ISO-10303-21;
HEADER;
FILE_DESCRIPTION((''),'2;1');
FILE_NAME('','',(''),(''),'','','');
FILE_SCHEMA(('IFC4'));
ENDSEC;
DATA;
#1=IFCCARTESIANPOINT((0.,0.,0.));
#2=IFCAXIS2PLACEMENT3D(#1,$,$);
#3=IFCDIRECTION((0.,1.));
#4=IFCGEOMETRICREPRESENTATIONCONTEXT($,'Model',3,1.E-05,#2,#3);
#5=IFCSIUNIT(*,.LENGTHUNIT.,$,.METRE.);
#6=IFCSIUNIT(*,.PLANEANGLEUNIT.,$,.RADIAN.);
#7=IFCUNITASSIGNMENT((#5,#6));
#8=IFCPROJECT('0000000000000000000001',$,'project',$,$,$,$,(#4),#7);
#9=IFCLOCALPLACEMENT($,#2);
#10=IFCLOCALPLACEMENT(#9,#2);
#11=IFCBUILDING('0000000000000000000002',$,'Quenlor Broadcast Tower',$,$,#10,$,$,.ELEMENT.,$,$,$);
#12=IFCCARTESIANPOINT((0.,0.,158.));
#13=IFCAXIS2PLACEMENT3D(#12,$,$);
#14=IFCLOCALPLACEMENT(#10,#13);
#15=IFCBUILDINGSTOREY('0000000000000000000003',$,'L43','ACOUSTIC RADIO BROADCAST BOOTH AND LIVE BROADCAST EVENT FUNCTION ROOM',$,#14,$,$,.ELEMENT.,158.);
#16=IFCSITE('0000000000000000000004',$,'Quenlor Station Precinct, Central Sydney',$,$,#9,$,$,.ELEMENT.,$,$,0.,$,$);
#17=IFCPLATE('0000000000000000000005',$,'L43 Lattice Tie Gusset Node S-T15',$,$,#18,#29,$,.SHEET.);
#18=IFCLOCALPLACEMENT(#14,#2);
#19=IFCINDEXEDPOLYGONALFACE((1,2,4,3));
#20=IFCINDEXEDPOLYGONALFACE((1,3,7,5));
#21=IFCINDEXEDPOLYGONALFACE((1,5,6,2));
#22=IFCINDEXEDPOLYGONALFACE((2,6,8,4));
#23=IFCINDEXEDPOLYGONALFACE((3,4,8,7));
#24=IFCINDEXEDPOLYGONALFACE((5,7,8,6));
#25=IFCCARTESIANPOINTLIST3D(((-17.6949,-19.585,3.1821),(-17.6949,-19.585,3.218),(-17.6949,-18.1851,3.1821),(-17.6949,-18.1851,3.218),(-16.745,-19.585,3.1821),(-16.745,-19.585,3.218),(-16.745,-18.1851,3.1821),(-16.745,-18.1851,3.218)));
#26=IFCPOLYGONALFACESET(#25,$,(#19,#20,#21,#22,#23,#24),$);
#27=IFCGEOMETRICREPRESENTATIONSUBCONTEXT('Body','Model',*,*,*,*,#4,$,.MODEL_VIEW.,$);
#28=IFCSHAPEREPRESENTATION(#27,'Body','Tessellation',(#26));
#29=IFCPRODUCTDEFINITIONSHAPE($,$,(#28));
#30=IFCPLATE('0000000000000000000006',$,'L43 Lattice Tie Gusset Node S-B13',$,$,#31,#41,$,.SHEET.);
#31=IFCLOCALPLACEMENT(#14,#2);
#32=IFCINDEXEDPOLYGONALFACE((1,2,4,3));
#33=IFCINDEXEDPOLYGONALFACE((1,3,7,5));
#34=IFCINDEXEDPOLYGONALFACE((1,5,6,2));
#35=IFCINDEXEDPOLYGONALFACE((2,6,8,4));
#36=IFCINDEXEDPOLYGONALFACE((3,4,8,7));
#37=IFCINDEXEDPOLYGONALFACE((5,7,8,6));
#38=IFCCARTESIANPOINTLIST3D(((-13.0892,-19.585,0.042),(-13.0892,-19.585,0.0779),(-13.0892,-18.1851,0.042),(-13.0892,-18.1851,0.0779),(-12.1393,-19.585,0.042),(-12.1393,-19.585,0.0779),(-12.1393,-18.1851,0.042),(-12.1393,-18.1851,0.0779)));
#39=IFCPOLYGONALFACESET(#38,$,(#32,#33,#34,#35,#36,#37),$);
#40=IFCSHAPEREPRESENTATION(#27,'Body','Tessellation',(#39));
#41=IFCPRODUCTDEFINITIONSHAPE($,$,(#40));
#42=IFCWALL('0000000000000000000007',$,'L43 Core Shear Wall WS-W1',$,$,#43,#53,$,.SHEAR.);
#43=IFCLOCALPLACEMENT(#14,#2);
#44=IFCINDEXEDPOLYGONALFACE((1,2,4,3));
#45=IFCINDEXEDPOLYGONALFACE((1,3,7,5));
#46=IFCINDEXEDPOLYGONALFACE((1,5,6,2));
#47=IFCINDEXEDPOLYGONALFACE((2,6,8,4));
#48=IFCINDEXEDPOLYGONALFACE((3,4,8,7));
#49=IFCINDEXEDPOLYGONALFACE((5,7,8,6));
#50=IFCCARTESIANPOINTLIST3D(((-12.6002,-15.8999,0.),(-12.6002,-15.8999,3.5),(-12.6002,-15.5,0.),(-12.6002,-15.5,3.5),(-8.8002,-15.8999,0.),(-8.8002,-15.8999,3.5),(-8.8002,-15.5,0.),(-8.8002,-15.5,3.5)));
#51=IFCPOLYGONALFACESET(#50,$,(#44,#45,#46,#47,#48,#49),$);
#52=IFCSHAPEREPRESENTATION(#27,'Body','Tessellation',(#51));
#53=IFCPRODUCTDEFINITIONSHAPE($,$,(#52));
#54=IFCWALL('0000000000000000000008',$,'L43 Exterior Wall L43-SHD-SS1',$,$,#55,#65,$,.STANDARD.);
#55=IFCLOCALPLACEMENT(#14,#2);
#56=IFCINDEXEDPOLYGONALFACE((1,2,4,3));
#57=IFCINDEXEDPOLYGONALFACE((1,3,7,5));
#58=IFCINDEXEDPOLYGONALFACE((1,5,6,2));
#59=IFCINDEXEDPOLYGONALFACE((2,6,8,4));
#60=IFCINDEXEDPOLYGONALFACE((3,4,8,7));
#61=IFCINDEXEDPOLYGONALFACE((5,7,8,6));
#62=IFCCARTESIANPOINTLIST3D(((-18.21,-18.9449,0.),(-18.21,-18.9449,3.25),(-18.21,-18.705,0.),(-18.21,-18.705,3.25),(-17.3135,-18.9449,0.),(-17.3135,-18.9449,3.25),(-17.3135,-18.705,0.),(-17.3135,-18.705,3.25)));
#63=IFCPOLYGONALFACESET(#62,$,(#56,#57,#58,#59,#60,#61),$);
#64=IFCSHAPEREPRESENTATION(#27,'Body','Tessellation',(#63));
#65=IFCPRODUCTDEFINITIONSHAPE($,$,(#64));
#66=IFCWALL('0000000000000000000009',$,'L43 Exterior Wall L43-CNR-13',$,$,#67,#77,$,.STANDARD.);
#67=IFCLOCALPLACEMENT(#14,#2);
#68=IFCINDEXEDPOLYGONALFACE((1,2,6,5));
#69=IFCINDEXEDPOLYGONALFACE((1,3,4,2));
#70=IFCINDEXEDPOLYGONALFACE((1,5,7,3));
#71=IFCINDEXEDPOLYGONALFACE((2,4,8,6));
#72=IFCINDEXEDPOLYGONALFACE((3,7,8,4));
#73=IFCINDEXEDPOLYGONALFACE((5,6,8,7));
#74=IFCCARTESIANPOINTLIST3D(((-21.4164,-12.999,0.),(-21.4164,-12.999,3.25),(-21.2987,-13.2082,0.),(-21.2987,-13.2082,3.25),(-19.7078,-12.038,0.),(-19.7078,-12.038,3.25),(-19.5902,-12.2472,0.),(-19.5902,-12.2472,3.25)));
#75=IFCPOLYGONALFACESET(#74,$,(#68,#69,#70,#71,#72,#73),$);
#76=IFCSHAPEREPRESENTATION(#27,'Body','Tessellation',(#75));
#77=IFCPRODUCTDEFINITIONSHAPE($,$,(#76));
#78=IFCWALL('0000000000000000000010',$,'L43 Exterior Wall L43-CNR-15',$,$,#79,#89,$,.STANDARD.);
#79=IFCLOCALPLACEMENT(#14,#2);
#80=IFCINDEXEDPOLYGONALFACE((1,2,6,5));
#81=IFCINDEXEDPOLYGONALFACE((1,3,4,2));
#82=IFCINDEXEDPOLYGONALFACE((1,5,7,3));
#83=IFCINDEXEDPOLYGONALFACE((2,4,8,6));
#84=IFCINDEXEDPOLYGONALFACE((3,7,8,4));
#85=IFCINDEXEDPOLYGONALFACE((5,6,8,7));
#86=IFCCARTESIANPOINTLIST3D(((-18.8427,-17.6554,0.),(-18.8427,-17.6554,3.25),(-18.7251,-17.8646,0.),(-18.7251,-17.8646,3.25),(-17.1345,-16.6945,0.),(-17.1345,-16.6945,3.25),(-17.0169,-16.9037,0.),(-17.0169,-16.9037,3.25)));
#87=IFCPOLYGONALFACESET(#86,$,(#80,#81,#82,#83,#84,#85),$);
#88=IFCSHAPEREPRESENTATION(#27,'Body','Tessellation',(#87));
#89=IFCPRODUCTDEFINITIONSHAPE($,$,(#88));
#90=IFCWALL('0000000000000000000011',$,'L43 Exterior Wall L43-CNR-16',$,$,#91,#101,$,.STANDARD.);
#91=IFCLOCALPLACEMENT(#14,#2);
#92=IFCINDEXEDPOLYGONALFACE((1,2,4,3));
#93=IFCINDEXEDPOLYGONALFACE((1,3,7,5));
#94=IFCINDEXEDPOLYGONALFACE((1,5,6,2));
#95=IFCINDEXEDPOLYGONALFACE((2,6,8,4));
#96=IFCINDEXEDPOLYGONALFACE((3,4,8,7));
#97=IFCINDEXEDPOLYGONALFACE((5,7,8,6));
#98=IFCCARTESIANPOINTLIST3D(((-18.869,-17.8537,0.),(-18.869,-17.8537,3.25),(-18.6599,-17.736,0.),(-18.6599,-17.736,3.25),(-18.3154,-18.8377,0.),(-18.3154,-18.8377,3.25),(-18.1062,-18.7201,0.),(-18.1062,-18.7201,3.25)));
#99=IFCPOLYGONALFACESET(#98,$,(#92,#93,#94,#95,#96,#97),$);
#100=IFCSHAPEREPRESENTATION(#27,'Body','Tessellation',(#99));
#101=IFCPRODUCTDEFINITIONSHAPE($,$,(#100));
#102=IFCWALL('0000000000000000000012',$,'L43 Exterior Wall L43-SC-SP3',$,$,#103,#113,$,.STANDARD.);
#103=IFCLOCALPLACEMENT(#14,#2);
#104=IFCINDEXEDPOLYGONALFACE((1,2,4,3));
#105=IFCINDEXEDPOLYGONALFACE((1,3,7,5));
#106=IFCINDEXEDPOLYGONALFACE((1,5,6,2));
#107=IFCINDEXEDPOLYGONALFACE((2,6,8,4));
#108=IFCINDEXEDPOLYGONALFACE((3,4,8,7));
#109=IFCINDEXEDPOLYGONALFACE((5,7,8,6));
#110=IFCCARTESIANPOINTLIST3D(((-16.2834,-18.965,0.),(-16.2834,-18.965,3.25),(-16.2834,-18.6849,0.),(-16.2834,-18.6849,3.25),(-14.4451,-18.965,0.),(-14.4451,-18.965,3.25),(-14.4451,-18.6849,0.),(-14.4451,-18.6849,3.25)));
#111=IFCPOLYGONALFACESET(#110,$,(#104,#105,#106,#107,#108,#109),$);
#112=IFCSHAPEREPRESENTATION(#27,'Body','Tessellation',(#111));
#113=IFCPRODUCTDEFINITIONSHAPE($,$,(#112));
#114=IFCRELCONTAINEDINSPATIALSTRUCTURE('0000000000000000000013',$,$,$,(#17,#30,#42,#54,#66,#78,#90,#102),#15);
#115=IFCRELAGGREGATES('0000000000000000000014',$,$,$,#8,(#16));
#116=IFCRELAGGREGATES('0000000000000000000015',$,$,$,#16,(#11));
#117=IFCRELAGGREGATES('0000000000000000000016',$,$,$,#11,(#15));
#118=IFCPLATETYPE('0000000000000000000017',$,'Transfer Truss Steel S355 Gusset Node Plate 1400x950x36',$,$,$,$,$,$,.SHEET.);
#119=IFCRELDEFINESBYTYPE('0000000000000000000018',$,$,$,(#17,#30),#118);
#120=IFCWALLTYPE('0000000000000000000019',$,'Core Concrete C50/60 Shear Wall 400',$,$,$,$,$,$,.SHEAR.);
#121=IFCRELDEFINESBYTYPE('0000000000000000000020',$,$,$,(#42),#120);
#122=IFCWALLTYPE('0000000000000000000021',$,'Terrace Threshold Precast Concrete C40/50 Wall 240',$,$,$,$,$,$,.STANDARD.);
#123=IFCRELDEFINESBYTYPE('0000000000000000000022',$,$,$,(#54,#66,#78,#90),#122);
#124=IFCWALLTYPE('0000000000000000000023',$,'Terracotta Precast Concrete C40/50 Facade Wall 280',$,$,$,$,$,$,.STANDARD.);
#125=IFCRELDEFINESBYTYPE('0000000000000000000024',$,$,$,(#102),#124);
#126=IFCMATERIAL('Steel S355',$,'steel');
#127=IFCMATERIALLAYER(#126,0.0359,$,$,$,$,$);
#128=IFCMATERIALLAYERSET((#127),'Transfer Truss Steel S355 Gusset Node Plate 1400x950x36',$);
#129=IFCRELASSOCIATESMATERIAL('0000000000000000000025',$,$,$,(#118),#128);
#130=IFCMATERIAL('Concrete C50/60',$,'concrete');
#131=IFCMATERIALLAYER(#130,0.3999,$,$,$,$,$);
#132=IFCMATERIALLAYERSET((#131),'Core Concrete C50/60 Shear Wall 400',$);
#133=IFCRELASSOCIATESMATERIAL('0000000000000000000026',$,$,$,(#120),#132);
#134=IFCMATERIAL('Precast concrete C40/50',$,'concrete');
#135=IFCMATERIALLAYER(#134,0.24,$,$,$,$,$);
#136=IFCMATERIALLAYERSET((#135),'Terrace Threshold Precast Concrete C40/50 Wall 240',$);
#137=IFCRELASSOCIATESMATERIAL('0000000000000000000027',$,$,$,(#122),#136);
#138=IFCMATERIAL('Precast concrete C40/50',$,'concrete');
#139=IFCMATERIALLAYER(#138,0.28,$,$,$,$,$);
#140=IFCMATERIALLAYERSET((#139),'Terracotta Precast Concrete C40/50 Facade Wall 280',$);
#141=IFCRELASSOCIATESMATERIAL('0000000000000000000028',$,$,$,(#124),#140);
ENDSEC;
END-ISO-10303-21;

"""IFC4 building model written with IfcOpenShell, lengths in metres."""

from ifc_helpers import new_model, si_unit, direction, frame, frame_2d, origin, origin_2d, place, context, subcontext, project, spatial, rectangle, extrude, material, layer, layer_set, type_object, element, save


model = new_model("IFC4")

# Units and contexts
model_context = context("Model", 3, precision=1e-05, world=origin(), true_north=direction((0.0, 1.0)))
body_context = subcontext(model_context, "Body", "Model", "MODEL_VIEW")
ifc_project = project(units=[si_unit("LENGTHUNIT", "METRE"), si_unit("PLANEANGLEUNIT", "RADIAN")], contexts=[model_context])

# Site, building, storey
site_placement = place(None, origin())
site = spatial("IfcSite", under=ifc_project, at=site_placement, Name="Quenlor Station Precinct, Central Sydney", CompositionType="ELEMENT", RefElevation=0.0)
building_placement = place(site_placement, origin())
building = spatial("IfcBuilding", under=site, at=building_placement, Name="Quenlor Broadcast Tower", CompositionType="ELEMENT")
storey_placement = place(building_placement, frame((0.0, 0.0, 158.0)))
storey = spatial("IfcBuildingStorey", under=building, at=storey_placement, Name="L43", Description="ACOUSTIC RADIO BROADCAST BOOTH AND LIVE BROADCAST EVENT FUNCTION ROOM", CompositionType="ELEMENT", Elevation=158.0)

# Plates
ifc_material_1 = material(Name="Steel S355", Category="steel")
ifc_layer_1 = layer(ifc_material_1, 0.0359)
ifc_layer_set_1 = layer_set([ifc_layer_1], Name="Transfer Truss Steel S355 Gusset Node Plate 1400x950x36")
plate_type_1 = type_object("IfcPlateType", Name="Transfer Truss Steel S355 Gusset Node Plate 1400x950x36", PredefinedType="SHEET", material=ifc_layer_set_1)
for number, where, z_axis, x_axis, name in (
    (1, (-17.22, -18.885, 3.1821), (0.0, 0.0, 1.0), (0.0, -1.0, 0.0), "L43 Lattice Tie Gusset Node S-T15"),
    (2, (-12.6143, -18.885, 0.042), (0.0, 0.0, 1.0), (0.0, -1.0, 0.0), "L43 Lattice Tie Gusset Node S-B13"),
):
    element("IfcPlate", number, at=place(storey_placement, frame(where, z_axis=z_axis, x_axis=x_axis)), inside=storey, type_object=plate_type_1, Name=name, PredefinedType="SHEET", context=body_context, shape_type="SweptSolid", body=[
        extrude(rectangle(XDim=1.3999, YDim=0.95, at=origin_2d()), origin(), (0.0, 0.0, 1.0), 0.0359),
    ])

# Walls
ifc_material_2 = material(Name="Concrete C50/60", Category="concrete")
ifc_layer_2 = layer(ifc_material_2, 0.3999)
ifc_layer_set_2 = layer_set([ifc_layer_2], Name="Core Concrete C50/60 Shear Wall 400")
wall_type_1 = type_object("IfcWallType", Name="Core Concrete C50/60 Shear Wall 400", PredefinedType="SHEAR", material=ifc_layer_set_2)
wall_1_placement = place(storey_placement, frame((-12.6001, -15.7, 0.0), z_axis=(0.0, 0.0, 1.0), x_axis=(1.0, 0.0, 0.0)))
element("IfcWall", 3, at=wall_1_placement, inside=storey, type_object=wall_type_1, Name="L43 Core Shear Wall WS-W1", PredefinedType="SHEAR", context=body_context, shape_type="SweptSolid", body=[
    extrude(rectangle(XDim=3.8, YDim=0.3999, at=frame_2d((1.8999, 0.0))), origin(), (0.0, 0.0, 1.0), 3.5),
])
ifc_material_3 = material(Name="Precast concrete C40/50", Category="concrete")
ifc_layer_3 = layer(ifc_material_3, 0.24)
ifc_layer_set_3 = layer_set([ifc_layer_3], Name="Terrace Threshold Precast Concrete C40/50 Wall 240")
wall_type_2 = type_object("IfcWallType", Name="Terrace Threshold Precast Concrete C40/50 Wall 240", PredefinedType="STANDARD", material=ifc_layer_set_3)
wall_2_placement = place(storey_placement, frame((-17.3135, -18.825, 0.0), z_axis=(0.0, 0.0, 1.0), x_axis=(-1.0, 0.0, 0.0)))
element("IfcWall", 4, at=wall_2_placement, inside=storey, type_object=wall_type_2, Name="L43 Exterior Wall L43-SHD-SS1", PredefinedType="STANDARD", context=body_context, shape_type="SweptSolid", body=[
    extrude(rectangle(XDim=0.8965, YDim=0.24, at=frame_2d((0.4482, 0.0))), origin(), (0.0, 0.0, 1.0), 3.25),
])
wall_3_placement = place(storey_placement, frame((-21.3574, -13.1035, 0.0), z_axis=(0.0, 0.0, 1.0), x_axis=(0.871595, 0.490226, 0.0)))
element("IfcWall", 5, at=wall_3_placement, inside=storey, type_object=wall_type_2, Name="L43 Exterior Wall L43-CNR-13", PredefinedType="STANDARD", context=body_context, shape_type="SweptSolid", body=[
    extrude(rectangle(XDim=1.9602, YDim=0.24, at=frame_2d((0.98, 0.0))), origin(), (0.0, 0.0, 1.0), 3.25),
])
wall_4_placement = place(storey_placement, frame((-17.0757, -16.7991, 0.0), z_axis=(0.0, 0.0, 1.0), x_axis=(-0.871566, -0.490279, 0.0)))
element("IfcWall", 6, at=wall_4_placement, inside=storey, type_object=wall_type_2, Name="L43 Exterior Wall L43-CNR-15", PredefinedType="STANDARD", context=body_context, shape_type="SweptSolid", body=[
    extrude(rectangle(XDim=1.96, YDim=0.24, at=frame_2d((0.98, 0.0))), origin(), (0.0, 0.0, 1.0), 3.25),
])
wall_5_placement = place(storey_placement, frame((-18.7644, -17.7949, 0.0), z_axis=(0.0, 0.0, 1.0), x_axis=(0.490354, -0.871524, 0.0)))
element("IfcWall", 7, at=wall_5_placement, inside=storey, type_object=wall_type_2, Name="L43 Exterior Wall L43-CNR-16", PredefinedType="STANDARD", context=body_context, shape_type="SweptSolid", body=[
    extrude(rectangle(XDim=1.1292, YDim=0.24, at=frame_2d((0.5645, 0.0))), origin(), (0.0, 0.0, 1.0), 3.25),
])
ifc_material_4 = material(Name="Precast concrete C40/50", Category="concrete")
ifc_layer_4 = layer(ifc_material_4, 0.28)
ifc_layer_set_4 = layer_set([ifc_layer_4], Name="Terracotta Precast Concrete C40/50 Facade Wall 280")
wall_type_3 = type_object("IfcWallType", Name="Terracotta Precast Concrete C40/50 Facade Wall 280", PredefinedType="STANDARD", material=ifc_layer_set_4)
wall_6_placement = place(storey_placement, frame((-14.4451, -18.825, 0.0), z_axis=(0.0, 0.0, 1.0), x_axis=(-1.0, 0.0, 0.0)))
element("IfcWall", 8, at=wall_6_placement, inside=storey, type_object=wall_type_3, Name="L43 Exterior Wall L43-SC-SP3", PredefinedType="STANDARD", context=body_context, shape_type="SweptSolid", body=[
    extrude(rectangle(XDim=1.8384, YDim=0.28, at=frame_2d((0.9192, 0.0))), origin(), (0.0, 0.0, 1.0), 3.25),
])

save(model, "model.ifc")
